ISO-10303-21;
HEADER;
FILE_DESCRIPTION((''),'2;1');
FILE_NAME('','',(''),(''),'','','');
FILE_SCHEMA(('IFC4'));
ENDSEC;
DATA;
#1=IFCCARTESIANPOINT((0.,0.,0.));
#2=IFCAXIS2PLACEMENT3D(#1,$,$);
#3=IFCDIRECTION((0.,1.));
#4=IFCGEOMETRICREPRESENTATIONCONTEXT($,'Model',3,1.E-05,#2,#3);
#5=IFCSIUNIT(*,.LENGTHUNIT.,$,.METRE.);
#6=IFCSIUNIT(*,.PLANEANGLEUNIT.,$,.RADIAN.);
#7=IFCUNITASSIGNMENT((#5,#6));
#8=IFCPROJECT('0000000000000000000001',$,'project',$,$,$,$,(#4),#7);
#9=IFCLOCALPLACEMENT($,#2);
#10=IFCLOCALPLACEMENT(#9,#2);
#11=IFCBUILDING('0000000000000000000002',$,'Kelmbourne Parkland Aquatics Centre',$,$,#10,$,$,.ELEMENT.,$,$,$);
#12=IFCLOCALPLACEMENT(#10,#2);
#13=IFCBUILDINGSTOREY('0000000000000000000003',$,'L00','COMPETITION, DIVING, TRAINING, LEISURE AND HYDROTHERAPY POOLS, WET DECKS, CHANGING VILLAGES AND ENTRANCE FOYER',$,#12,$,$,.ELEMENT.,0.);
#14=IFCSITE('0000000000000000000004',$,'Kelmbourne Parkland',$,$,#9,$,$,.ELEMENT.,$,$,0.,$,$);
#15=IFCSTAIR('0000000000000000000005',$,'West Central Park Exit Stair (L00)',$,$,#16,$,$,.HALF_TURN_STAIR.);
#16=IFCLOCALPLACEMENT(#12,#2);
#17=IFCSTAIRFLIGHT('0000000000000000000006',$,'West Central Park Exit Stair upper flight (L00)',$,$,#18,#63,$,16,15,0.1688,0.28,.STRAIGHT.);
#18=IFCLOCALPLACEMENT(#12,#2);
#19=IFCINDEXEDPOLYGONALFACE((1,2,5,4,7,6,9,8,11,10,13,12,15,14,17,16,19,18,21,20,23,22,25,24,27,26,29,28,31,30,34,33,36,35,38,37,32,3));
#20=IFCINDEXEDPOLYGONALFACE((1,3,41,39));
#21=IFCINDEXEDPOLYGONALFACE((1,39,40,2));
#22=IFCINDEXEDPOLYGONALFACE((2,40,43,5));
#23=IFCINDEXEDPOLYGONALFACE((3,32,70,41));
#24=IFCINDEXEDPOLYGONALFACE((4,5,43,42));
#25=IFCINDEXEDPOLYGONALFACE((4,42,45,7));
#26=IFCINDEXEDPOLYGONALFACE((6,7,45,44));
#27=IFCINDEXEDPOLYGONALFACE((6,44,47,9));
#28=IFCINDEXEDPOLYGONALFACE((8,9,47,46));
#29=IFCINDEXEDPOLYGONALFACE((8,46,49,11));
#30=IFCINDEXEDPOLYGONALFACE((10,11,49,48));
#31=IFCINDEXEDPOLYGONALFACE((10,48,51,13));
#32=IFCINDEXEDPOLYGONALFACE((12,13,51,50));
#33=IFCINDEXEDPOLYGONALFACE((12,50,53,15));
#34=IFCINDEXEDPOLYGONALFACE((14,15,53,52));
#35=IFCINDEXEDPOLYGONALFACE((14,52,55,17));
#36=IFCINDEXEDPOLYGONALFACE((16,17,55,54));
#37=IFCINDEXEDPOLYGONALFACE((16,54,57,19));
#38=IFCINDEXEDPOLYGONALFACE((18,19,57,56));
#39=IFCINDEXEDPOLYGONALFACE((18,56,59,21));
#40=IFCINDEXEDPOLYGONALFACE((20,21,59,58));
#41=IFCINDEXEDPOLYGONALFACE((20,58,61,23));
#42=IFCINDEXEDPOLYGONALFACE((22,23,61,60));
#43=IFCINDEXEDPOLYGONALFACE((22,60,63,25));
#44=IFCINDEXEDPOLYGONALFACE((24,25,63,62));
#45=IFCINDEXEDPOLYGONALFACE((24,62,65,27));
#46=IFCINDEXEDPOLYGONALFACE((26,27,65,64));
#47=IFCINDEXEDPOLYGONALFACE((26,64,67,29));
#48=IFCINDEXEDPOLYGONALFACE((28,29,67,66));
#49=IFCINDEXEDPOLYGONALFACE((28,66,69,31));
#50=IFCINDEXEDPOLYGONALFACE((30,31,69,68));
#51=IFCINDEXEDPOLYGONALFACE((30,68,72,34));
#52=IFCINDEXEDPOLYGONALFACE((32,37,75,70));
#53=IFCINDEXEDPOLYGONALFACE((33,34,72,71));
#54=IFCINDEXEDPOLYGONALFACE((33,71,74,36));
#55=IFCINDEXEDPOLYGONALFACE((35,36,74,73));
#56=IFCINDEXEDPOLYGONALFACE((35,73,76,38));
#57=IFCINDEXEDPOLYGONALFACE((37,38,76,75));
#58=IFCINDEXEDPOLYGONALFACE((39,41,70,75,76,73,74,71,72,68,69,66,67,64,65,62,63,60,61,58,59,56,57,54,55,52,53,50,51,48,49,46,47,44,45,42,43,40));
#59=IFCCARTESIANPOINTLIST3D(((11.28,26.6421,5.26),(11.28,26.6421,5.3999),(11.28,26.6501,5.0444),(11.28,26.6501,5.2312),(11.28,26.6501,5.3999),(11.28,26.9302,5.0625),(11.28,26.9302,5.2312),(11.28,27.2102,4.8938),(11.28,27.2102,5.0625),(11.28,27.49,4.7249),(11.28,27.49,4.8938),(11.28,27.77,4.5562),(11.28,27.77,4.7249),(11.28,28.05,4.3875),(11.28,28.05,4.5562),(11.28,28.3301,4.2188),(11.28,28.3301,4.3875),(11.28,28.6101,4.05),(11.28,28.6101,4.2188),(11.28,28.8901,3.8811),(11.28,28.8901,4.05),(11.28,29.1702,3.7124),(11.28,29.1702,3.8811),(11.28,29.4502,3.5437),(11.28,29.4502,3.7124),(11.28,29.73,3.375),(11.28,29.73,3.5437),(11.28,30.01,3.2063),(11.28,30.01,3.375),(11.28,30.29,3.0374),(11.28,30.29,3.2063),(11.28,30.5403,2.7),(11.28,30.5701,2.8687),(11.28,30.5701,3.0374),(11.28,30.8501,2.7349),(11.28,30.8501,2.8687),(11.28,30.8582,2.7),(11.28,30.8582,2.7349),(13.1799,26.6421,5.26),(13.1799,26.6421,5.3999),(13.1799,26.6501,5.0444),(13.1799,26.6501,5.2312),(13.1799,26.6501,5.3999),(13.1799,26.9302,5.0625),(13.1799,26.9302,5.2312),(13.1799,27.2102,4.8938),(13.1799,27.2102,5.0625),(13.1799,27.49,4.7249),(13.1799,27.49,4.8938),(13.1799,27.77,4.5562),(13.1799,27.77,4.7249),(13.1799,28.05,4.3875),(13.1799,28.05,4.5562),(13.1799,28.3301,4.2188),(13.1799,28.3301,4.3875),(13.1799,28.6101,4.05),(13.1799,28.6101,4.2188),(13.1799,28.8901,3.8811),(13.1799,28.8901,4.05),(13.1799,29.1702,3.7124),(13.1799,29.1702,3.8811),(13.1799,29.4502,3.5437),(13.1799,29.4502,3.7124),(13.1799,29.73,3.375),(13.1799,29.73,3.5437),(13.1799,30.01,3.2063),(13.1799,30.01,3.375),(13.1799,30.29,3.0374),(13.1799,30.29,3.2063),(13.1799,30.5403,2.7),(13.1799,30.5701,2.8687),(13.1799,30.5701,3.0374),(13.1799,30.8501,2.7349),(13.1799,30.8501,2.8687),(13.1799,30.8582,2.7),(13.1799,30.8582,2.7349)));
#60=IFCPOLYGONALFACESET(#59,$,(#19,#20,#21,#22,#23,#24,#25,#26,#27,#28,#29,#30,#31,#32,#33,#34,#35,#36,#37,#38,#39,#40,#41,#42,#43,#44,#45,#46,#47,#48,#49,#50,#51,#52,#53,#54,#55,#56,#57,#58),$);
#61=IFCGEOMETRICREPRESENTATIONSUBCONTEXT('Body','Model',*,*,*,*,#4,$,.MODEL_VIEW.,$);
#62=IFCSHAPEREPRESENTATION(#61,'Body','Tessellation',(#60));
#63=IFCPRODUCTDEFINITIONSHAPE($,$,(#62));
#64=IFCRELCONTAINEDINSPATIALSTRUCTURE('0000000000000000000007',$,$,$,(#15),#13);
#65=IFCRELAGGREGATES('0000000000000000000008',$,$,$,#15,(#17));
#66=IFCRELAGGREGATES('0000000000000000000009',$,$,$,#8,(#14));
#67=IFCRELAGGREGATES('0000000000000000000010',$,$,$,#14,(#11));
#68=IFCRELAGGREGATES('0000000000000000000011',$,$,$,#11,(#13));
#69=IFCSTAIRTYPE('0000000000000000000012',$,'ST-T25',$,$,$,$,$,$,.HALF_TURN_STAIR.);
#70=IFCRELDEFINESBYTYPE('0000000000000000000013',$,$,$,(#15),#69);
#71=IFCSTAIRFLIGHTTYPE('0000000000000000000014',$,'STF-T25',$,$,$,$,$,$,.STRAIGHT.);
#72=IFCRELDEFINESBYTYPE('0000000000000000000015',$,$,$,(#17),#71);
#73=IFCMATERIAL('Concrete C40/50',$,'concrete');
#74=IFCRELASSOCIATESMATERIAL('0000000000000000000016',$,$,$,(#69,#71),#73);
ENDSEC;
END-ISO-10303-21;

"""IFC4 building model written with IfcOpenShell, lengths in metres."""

from ifc_helpers import new_model, si_unit, direction, frame, origin, place, context, subcontext, project, spatial, polyline, outline, extrude, material, type_object, element, aggregate, save


model = new_model("IFC4")

# Units and contexts
model_context = context("Model", 3, precision=1e-05, world=origin(), true_north=direction((0.0, 1.0)))
body_context = subcontext(model_context, "Body", "Model", "MODEL_VIEW")
ifc_project = project(units=[si_unit("LENGTHUNIT", "METRE"), si_unit("PLANEANGLEUNIT", "RADIAN")], contexts=[model_context])

# Site, building, storey
site_placement = place(None, origin())
site = spatial("IfcSite", under=ifc_project, at=site_placement, Name="Kelmbourne Parkland", CompositionType="ELEMENT", RefElevation=0.0)
building_placement = place(site_placement, origin())
building = spatial("IfcBuilding", under=site, at=building_placement, Name="Kelmbourne Parkland Aquatics Centre", CompositionType="ELEMENT")
storey_placement = place(building_placement, origin())
storey = spatial("IfcBuildingStorey", under=building, at=storey_placement, Name="L00", Description="COMPETITION, DIVING, TRAINING, LEISURE AND HYDROTHERAPY POOLS, WET DECKS, CHANGING VILLAGES AND ENTRANCE FOYER", CompositionType="ELEMENT", Elevation=0.0)

# Shared definitions
ifc_material_1 = material(Name="Concrete C40/50", Category="concrete")

# Stair, stair flight
stair_type_1 = type_object("IfcStairType", Name="ST-T25", PredefinedType="HALF_TURN_STAIR", material=ifc_material_1)
stair_1_placement = place(storey_placement, origin())
stair_1 = element("IfcStair", 1, at=stair_1_placement, inside=storey, type_object=stair_type_1, Name="West Central Park Exit Stair (L00)", PredefinedType="HALF_TURN_STAIR")
stair_flight_type_1 = type_object("IfcStairFlightType", Name="STF-T25", PredefinedType="STRAIGHT", material=ifc_material_1)
stair_flight_1_placement = place(storey_placement, frame((12.23, 30.8501, 2.7), z_axis=(0.0, 0.0, 1.0), x_axis=(0.0, -1.0, 0.0)))
stair_flight_1 = element("IfcStairFlight", 2, at=stair_flight_1_placement, type_object=stair_flight_type_1, Name="West Central Park Exit Stair upper flight (L00)", NumberOfRisers=16, NumberOfTreads=15, PredefinedType="STRAIGHT", RiserHeight=0.1688, TreadLength=0.28, context=body_context, shape_type="SweptSolid", body=[
    extrude(outline(polyline([(-0.0081, 0.0), (-0.0081, 0.0349), (0.0, 0.0349), (0.0, 0.1687), (0.28, 0.1687), (0.28, 0.3374), (0.5601, 0.3374), (0.5601, 0.5063), (0.8401, 0.5063), (0.8401, 0.675), (1.1201, 0.675), (1.1201, 0.8438), (1.3999, 0.8438), (1.3999, 1.0125), (1.6799, 1.0125), (1.6799, 1.1812), (1.96, 1.1812), (1.96, 1.3501), (2.24, 1.3501), (2.24, 1.5188), (2.52, 1.5188), (2.52, 1.6875), (2.8, 1.6875), (2.8, 1.8562), (3.0801, 1.8562), (3.0801, 2.0249), (3.3601, 2.0249), (3.3601, 2.1938), (3.6399, 2.1938), (3.6399, 2.3625), (3.9199, 2.3625), (3.9199, 2.5312), (4.2, 2.5312), (4.2, 2.7), (4.208, 2.7), (4.208, 2.5601), (4.2, 2.3445), (0.3098, 0.0), (-0.0081, 0.0)])), frame((0.0, 0.95, 0.0), z_axis=(0.0, -1.0, 0.0), x_axis=(1.0, 0.0, 0.0)), (0.0, 0.0, 1.0), 1.8999),
])
aggregate(stair_1, [stair_flight_1])

save(model, "model.ifc")
